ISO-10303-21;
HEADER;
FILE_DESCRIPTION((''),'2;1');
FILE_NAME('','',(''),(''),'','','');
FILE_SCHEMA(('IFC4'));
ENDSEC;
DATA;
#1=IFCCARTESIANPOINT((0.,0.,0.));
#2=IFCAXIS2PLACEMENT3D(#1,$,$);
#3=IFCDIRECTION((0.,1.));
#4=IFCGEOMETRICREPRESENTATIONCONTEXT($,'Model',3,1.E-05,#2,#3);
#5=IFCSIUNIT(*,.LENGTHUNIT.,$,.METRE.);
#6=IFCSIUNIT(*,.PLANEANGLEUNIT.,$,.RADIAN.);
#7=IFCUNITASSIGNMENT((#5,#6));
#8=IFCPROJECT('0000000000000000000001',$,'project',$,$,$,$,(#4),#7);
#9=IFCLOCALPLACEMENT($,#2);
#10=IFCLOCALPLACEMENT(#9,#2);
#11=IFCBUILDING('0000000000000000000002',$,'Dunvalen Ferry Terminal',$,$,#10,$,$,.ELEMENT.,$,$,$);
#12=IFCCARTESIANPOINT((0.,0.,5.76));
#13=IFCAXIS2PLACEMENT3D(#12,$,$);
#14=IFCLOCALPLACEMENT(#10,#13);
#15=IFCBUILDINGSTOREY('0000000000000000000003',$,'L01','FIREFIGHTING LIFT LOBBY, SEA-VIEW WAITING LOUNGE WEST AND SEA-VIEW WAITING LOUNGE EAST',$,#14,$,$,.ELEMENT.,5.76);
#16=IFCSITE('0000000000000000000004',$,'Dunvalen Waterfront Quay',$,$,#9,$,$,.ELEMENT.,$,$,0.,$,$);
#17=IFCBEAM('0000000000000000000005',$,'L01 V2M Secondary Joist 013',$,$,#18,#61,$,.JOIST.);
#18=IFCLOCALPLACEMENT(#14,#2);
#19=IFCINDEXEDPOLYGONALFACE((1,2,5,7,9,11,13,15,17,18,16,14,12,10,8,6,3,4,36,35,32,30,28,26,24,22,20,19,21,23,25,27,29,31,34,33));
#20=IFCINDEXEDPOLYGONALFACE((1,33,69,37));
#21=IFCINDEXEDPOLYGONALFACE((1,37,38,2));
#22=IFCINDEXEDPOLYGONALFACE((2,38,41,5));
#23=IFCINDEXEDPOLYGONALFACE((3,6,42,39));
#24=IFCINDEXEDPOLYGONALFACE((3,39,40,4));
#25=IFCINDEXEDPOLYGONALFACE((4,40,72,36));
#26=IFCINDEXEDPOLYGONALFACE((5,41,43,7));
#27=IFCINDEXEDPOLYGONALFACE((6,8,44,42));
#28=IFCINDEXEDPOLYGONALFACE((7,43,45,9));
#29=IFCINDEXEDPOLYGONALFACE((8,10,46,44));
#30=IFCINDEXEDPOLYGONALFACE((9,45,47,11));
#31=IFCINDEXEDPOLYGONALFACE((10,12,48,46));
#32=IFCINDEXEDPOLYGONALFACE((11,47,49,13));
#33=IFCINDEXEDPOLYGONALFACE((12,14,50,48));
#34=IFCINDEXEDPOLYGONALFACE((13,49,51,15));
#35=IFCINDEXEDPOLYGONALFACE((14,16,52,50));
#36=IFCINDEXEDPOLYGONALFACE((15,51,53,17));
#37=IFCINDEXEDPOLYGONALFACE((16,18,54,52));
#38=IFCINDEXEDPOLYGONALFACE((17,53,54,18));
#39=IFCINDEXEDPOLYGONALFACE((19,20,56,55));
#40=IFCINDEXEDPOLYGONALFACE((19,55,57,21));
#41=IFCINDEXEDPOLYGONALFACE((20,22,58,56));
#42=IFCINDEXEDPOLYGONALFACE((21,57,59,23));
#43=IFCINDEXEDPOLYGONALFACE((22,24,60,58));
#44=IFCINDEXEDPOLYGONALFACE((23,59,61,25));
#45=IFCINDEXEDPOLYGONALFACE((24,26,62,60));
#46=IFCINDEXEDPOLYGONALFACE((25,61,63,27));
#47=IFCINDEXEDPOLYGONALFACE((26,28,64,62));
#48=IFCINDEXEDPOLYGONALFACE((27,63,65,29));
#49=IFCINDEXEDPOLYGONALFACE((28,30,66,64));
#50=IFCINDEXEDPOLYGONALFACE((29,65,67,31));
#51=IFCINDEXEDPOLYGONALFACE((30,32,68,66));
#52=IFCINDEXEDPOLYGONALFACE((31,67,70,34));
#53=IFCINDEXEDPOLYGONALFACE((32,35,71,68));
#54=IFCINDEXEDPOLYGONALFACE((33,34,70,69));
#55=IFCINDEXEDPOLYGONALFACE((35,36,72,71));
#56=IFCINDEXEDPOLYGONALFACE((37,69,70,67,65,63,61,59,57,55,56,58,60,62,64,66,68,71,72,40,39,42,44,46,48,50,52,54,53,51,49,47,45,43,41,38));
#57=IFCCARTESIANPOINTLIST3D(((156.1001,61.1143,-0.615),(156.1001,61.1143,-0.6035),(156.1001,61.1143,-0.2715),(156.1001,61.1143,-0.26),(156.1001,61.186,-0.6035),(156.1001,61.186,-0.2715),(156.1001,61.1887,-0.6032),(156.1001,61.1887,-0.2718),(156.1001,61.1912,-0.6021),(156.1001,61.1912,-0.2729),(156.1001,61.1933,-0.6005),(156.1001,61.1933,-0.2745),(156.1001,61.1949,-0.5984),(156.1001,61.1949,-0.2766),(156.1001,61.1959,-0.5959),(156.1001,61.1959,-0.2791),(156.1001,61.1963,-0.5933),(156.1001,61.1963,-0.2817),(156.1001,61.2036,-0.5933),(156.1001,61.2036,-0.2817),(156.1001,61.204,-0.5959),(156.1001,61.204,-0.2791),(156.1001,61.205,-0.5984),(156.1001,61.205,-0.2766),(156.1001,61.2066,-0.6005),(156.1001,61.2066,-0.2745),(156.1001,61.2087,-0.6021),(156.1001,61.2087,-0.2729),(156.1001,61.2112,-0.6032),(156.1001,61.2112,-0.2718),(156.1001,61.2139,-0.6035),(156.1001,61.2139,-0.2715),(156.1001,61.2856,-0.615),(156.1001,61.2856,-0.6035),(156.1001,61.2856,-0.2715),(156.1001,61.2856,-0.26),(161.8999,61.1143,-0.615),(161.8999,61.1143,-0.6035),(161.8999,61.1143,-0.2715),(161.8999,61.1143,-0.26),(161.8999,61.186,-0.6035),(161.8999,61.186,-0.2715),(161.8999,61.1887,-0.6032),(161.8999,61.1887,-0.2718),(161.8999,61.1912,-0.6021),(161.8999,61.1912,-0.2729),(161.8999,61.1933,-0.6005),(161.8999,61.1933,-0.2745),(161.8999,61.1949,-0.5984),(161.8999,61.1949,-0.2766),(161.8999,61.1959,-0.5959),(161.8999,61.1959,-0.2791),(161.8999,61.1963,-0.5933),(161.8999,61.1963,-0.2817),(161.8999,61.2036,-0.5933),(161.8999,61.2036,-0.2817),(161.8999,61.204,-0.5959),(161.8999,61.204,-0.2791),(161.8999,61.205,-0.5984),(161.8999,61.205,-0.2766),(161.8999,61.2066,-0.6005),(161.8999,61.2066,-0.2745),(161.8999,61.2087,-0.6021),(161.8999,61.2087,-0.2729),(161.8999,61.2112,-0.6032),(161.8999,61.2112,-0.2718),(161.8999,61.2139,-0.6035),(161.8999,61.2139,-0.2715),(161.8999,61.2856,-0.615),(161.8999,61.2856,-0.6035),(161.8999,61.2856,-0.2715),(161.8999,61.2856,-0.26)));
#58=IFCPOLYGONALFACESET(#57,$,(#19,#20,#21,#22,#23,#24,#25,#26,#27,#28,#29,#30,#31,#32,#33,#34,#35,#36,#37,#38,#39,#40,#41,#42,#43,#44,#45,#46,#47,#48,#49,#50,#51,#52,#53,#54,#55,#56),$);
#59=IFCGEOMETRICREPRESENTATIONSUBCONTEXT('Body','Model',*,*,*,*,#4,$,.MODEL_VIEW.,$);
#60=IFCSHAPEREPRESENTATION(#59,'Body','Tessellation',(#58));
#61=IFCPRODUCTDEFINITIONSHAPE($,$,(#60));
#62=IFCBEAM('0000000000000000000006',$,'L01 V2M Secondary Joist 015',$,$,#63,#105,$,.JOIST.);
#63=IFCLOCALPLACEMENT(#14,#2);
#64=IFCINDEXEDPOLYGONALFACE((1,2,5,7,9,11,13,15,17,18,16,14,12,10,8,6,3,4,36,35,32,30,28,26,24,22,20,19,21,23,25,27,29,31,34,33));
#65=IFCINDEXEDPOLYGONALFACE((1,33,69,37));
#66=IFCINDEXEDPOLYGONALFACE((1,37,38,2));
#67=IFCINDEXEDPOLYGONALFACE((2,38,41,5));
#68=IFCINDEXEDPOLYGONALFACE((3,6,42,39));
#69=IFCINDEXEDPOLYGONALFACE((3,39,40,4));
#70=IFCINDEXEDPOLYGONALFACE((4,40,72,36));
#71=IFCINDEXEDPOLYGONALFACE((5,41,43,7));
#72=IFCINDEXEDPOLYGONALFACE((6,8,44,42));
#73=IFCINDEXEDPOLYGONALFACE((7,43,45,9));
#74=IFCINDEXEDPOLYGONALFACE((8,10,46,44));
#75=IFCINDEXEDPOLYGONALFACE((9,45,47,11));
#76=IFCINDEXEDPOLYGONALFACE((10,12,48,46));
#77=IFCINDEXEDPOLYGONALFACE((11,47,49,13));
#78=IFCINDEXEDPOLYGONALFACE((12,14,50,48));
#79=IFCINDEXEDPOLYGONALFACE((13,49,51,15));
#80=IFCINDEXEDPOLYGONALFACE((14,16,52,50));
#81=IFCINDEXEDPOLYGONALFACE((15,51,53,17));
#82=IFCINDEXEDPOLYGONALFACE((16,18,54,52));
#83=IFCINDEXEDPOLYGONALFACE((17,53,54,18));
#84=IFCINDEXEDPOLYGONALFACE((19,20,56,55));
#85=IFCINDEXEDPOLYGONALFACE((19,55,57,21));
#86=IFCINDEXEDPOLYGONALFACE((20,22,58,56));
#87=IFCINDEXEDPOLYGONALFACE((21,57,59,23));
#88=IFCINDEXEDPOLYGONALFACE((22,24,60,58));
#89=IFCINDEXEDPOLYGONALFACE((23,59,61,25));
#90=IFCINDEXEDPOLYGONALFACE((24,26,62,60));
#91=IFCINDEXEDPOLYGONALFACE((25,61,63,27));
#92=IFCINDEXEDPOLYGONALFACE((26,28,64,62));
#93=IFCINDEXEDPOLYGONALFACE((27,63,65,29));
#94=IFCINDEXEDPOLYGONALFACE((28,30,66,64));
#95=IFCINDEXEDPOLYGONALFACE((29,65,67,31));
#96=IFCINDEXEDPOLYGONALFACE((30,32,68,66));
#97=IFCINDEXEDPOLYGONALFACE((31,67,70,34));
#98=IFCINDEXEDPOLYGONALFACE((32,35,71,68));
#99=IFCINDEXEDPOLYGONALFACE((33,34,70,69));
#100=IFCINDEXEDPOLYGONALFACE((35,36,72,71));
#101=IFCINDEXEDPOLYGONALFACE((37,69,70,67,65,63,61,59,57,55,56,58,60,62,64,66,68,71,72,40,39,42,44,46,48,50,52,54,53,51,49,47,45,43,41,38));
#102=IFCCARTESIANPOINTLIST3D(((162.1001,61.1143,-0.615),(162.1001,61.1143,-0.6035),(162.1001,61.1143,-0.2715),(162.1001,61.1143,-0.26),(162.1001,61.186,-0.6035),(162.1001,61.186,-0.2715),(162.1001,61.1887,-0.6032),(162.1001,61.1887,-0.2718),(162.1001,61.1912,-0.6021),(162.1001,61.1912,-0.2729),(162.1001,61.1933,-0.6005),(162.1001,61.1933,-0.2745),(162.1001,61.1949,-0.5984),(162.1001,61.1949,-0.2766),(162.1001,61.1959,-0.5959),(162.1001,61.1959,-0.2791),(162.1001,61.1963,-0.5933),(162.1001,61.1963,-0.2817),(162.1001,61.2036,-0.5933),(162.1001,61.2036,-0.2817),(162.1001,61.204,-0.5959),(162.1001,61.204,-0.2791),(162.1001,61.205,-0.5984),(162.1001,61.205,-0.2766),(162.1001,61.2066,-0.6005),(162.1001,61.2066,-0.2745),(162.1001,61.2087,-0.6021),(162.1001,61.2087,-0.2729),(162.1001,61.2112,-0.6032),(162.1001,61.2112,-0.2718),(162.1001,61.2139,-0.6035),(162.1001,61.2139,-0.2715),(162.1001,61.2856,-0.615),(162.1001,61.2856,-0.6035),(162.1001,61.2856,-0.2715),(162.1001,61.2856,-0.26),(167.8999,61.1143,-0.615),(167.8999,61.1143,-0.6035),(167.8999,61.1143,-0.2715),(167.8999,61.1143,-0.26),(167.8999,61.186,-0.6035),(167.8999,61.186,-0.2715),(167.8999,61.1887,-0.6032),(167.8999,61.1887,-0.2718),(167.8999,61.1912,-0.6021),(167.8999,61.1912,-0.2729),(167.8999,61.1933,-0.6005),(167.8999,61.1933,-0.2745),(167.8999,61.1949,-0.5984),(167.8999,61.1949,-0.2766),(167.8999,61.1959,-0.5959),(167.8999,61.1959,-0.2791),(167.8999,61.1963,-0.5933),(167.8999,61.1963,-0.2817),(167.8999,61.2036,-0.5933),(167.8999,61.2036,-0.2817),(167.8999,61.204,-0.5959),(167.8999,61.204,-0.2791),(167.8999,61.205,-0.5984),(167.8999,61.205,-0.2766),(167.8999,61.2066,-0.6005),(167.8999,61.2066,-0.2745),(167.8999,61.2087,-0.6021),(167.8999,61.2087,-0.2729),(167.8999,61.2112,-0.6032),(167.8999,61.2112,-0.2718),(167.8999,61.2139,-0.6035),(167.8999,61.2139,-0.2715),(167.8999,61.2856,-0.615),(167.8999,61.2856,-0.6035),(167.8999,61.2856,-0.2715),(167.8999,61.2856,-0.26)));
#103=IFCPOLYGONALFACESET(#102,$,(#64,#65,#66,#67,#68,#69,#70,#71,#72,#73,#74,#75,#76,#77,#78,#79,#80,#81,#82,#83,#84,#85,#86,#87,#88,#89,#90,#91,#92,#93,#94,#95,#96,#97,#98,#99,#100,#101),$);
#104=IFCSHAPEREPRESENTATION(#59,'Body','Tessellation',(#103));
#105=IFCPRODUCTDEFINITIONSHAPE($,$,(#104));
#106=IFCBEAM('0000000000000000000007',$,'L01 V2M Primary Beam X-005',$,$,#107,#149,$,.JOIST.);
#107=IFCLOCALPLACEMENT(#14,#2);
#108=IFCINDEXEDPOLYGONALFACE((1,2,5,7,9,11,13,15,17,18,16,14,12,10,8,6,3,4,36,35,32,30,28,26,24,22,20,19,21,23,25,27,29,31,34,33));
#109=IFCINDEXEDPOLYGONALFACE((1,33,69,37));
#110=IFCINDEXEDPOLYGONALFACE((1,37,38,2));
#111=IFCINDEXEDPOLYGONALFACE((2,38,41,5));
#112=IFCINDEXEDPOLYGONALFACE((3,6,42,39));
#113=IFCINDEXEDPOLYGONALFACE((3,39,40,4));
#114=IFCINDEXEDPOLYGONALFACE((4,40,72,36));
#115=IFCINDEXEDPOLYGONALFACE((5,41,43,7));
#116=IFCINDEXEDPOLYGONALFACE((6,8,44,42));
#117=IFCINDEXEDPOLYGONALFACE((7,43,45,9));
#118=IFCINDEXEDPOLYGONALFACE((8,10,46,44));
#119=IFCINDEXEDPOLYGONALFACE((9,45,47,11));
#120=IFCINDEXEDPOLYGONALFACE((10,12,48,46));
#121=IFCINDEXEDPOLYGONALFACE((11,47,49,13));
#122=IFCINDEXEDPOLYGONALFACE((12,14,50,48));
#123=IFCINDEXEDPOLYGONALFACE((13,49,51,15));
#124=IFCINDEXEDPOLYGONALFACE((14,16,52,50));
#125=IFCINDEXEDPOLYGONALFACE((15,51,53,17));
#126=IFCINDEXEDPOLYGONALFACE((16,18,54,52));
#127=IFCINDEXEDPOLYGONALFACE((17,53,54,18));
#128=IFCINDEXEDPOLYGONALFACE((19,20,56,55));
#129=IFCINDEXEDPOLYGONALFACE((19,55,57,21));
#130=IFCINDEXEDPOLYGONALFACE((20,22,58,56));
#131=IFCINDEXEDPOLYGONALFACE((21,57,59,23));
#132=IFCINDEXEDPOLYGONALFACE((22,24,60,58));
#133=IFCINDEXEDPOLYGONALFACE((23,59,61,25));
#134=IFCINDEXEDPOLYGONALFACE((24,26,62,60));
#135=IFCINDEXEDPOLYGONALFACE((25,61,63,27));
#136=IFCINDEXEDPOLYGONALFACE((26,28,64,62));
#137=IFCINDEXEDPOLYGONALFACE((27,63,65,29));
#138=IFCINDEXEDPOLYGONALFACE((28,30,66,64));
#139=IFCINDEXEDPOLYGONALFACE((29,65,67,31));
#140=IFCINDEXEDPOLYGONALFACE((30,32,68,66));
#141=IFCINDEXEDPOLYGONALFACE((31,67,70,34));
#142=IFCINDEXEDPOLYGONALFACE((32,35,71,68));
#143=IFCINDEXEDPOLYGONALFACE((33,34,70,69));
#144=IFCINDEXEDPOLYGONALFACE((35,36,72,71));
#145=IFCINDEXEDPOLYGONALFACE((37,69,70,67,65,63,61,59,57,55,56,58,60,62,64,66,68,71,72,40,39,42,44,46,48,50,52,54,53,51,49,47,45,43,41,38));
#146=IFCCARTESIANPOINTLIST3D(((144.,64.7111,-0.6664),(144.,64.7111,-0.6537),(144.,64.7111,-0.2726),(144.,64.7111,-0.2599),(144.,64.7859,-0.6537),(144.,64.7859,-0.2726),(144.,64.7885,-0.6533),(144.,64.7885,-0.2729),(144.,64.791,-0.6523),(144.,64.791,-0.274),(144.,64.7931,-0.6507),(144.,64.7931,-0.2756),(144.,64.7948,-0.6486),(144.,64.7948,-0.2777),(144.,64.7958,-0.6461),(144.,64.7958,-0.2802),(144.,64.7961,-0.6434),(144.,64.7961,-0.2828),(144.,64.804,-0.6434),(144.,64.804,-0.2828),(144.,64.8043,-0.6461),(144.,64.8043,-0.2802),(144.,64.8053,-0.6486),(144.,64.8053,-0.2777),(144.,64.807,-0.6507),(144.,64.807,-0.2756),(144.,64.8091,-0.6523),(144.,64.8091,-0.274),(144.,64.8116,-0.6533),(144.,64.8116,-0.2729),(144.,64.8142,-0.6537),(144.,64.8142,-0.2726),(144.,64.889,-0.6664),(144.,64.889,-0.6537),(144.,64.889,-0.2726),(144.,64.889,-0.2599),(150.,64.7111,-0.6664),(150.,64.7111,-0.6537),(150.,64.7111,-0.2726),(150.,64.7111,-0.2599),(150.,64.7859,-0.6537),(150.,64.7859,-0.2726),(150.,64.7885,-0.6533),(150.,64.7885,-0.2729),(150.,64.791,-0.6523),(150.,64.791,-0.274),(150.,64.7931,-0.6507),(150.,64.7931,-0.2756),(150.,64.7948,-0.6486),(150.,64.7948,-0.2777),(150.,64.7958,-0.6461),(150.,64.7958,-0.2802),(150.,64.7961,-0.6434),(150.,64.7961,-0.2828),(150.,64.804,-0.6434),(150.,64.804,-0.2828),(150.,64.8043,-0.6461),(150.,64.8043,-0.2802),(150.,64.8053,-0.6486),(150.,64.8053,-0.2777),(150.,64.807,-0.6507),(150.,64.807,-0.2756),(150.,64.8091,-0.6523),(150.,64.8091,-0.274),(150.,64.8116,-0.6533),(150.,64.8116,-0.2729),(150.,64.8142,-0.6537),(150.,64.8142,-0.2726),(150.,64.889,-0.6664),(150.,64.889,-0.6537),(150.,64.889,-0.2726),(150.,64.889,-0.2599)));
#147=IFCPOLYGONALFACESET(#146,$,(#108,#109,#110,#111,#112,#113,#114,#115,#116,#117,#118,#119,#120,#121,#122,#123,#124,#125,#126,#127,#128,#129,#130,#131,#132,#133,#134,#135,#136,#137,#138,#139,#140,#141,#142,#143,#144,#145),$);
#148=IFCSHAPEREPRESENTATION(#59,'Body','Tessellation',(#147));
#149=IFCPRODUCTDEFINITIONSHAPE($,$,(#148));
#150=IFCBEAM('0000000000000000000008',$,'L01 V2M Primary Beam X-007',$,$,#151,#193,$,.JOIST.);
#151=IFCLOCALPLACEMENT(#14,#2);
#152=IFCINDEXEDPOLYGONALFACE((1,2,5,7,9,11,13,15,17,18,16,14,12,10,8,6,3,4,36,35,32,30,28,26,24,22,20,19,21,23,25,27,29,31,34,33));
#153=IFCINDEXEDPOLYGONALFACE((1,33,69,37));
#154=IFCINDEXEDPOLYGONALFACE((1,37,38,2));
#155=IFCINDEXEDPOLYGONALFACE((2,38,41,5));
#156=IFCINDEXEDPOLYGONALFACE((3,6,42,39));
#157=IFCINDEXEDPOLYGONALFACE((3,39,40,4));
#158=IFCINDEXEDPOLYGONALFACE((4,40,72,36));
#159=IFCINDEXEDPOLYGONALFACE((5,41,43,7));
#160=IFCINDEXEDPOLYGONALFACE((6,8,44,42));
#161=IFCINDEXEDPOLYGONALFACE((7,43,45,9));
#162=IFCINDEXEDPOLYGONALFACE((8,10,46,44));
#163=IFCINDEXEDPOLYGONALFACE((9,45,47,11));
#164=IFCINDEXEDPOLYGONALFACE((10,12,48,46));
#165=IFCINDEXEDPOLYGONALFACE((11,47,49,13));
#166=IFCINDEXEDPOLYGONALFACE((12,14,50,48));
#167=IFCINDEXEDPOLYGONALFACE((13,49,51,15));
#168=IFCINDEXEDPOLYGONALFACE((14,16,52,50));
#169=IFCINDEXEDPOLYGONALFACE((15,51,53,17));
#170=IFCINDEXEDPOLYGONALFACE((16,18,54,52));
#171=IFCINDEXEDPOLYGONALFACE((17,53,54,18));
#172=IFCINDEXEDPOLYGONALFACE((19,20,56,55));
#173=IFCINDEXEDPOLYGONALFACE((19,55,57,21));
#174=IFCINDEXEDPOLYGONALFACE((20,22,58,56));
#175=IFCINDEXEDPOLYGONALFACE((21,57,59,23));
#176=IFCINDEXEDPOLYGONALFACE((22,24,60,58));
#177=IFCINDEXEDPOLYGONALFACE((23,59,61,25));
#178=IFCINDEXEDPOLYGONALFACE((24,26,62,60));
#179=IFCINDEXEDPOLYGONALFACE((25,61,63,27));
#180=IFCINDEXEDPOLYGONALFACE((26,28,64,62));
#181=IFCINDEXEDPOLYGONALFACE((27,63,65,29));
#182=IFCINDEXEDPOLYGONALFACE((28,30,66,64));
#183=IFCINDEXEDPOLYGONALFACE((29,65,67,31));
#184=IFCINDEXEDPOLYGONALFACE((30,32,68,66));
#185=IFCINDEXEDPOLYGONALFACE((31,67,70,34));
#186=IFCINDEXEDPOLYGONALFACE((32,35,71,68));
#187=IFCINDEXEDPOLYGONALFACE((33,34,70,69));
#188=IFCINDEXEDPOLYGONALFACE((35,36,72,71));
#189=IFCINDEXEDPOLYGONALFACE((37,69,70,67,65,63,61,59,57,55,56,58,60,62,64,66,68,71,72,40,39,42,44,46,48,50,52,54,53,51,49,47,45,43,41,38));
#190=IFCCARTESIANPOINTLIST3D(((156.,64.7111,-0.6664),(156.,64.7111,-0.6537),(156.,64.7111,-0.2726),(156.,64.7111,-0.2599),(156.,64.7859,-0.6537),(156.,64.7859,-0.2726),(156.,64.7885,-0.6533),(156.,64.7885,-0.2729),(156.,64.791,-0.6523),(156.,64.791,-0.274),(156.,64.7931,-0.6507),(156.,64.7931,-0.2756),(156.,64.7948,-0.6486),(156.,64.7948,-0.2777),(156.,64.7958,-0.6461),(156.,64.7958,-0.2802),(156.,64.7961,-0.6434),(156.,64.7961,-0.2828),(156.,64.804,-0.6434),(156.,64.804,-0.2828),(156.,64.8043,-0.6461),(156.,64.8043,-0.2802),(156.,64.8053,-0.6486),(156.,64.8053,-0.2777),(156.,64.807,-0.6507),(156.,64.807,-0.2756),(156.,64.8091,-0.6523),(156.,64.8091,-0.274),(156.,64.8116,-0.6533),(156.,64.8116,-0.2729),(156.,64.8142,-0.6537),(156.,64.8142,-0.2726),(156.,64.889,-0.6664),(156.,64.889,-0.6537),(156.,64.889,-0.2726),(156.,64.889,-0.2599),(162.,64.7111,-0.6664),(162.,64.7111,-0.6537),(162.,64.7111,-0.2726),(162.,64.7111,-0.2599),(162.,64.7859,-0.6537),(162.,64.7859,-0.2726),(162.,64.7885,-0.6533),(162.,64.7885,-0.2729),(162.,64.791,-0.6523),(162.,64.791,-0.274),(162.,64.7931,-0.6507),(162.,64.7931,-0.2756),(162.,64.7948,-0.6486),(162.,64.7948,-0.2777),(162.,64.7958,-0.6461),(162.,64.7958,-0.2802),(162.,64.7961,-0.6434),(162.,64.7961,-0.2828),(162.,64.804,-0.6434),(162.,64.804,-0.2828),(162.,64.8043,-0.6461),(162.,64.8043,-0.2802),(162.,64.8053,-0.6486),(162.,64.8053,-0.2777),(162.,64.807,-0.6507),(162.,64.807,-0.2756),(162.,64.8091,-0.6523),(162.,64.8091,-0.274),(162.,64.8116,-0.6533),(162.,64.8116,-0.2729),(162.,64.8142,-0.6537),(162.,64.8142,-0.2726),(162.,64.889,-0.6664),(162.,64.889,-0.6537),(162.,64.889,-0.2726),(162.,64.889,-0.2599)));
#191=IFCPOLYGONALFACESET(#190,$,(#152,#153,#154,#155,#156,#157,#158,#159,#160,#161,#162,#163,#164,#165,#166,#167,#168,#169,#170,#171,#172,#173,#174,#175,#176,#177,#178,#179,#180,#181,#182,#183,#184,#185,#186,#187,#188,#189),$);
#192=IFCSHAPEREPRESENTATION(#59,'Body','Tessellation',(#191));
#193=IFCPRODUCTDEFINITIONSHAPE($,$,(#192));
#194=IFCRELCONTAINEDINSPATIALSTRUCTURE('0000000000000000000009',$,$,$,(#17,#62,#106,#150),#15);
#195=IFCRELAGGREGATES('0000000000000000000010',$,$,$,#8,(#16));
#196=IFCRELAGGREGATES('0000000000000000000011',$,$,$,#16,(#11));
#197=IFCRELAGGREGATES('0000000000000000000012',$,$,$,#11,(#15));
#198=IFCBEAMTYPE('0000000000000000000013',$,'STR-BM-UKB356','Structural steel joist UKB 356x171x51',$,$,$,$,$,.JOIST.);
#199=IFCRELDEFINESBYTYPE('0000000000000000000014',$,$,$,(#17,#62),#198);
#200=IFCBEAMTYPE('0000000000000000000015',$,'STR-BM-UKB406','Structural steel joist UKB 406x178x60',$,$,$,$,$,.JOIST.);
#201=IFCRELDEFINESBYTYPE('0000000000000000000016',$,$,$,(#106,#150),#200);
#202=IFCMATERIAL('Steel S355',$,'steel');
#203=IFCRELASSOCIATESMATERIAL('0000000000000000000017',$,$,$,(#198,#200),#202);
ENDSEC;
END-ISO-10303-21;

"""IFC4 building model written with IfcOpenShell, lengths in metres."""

from ifc_helpers import new_model, si_unit, direction, frame, origin, origin_2d, place, context, subcontext, project, spatial, i_section, extrude, material, material_profile, profile_set, type_object, element, save


model = new_model("IFC4")

# Units and contexts
model_context = context("Model", 3, precision=1e-05, world=origin(), true_north=direction((0.0, 1.0)))
body_context = subcontext(model_context, "Body", "Model", "MODEL_VIEW")
ifc_project = project(units=[si_unit("LENGTHUNIT", "METRE"), si_unit("PLANEANGLEUNIT", "RADIAN")], contexts=[model_context])

# Site, building, storey
site_placement = place(None, origin())
site = spatial("IfcSite", under=ifc_project, at=site_placement, Name="Dunvalen Waterfront Quay", CompositionType="ELEMENT", RefElevation=0.0)
building_placement = place(site_placement, origin())
building = spatial("IfcBuilding", under=site, at=building_placement, Name="Dunvalen Ferry Terminal", CompositionType="ELEMENT")
storey_placement = place(building_placement, frame((0.0, 0.0, 5.76)))
storey = spatial("IfcBuildingStorey", under=building, at=storey_placement, Name="L01", Description="FIREFIGHTING LIFT LOBBY, SEA-VIEW WAITING LOUNGE WEST AND SEA-VIEW WAITING LOUNGE EAST", CompositionType="ELEMENT", Elevation=5.76)

# Beams
ifc_material_1 = material(Name="Steel S355", Category="steel")
ifc_material_profile_1 = material_profile(ifc_material_1, i_section(OverallWidth=0.1714, OverallDepth=0.355, WebThickness=0.0073, FlangeThickness=0.0115, FilletRadius=0.0103, at=origin_2d()), Name="Steel S355")
ifc_profile_set_1 = profile_set([ifc_material_profile_1], Name="Steel S355")
beam_type_1 = type_object("IfcBeamType", Name="STR-BM-UKB356", Description="Structural steel joist UKB 356x171x51", PredefinedType="JOIST", material=ifc_profile_set_1)
for number, where, z_axis, x_axis, name in (
    (1, (156.1001, 61.2, -0.4375), (1.0, 0.0, 0.0), (0.0, 1.0, 0.0), "L01 V2M Secondary Joist 013"),
    (2, (162.1001, 61.2, -0.4375), (1.0, 0.0, 0.0), (0.0, 1.0, 0.0), "L01 V2M Secondary Joist 015"),
):
    element("IfcBeam", number, at=place(storey_placement, frame(where, z_axis=z_axis, x_axis=x_axis)), inside=storey, type_object=beam_type_1, Name=name, PredefinedType="JOIST", context=body_context, shape_type="SweptSolid", body=[
        extrude(i_section(OverallWidth=0.1714, OverallDepth=0.355, WebThickness=0.0073, FlangeThickness=0.0115, FilletRadius=0.0103, at=origin_2d()), origin(), (0.0, 0.0, 1.0), 5.7998),
    ])
ifc_material_profile_2 = material_profile(ifc_material_1, i_section(OverallWidth=0.178, OverallDepth=0.4065, WebThickness=0.0078, FlangeThickness=0.0127, FilletRadius=0.0103, at=origin_2d()), Name="Steel S355")
ifc_profile_set_2 = profile_set([ifc_material_profile_2], Name="Steel S355")
beam_type_2 = type_object("IfcBeamType", Name="STR-BM-UKB406", Description="Structural steel joist UKB 406x178x60", PredefinedType="JOIST", material=ifc_profile_set_2)
for number, where, z_axis, x_axis, name in (
    (3, (144.0, 64.8, -0.4631), (1.0, 0.0, 0.0), (0.0, 1.0, 0.0), "L01 V2M Primary Beam X-005"),
    (4, (156.0, 64.8, -0.4631), (1.0, 0.0, 0.0), (0.0, 1.0, 0.0), "L01 V2M Primary Beam X-007"),
):
    element("IfcBeam", number, at=place(storey_placement, frame(where, z_axis=z_axis, x_axis=x_axis)), inside=storey, type_object=beam_type_2, Name=name, PredefinedType="JOIST", context=body_context, shape_type="SweptSolid", body=[
        extrude(i_section(OverallWidth=0.178, OverallDepth=0.4065, WebThickness=0.0078, FlangeThickness=0.0127, FilletRadius=0.0103, at=origin_2d()), origin(), (0.0, 0.0, 1.0), 6.0),
    ])

save(model, "model.ifc")
